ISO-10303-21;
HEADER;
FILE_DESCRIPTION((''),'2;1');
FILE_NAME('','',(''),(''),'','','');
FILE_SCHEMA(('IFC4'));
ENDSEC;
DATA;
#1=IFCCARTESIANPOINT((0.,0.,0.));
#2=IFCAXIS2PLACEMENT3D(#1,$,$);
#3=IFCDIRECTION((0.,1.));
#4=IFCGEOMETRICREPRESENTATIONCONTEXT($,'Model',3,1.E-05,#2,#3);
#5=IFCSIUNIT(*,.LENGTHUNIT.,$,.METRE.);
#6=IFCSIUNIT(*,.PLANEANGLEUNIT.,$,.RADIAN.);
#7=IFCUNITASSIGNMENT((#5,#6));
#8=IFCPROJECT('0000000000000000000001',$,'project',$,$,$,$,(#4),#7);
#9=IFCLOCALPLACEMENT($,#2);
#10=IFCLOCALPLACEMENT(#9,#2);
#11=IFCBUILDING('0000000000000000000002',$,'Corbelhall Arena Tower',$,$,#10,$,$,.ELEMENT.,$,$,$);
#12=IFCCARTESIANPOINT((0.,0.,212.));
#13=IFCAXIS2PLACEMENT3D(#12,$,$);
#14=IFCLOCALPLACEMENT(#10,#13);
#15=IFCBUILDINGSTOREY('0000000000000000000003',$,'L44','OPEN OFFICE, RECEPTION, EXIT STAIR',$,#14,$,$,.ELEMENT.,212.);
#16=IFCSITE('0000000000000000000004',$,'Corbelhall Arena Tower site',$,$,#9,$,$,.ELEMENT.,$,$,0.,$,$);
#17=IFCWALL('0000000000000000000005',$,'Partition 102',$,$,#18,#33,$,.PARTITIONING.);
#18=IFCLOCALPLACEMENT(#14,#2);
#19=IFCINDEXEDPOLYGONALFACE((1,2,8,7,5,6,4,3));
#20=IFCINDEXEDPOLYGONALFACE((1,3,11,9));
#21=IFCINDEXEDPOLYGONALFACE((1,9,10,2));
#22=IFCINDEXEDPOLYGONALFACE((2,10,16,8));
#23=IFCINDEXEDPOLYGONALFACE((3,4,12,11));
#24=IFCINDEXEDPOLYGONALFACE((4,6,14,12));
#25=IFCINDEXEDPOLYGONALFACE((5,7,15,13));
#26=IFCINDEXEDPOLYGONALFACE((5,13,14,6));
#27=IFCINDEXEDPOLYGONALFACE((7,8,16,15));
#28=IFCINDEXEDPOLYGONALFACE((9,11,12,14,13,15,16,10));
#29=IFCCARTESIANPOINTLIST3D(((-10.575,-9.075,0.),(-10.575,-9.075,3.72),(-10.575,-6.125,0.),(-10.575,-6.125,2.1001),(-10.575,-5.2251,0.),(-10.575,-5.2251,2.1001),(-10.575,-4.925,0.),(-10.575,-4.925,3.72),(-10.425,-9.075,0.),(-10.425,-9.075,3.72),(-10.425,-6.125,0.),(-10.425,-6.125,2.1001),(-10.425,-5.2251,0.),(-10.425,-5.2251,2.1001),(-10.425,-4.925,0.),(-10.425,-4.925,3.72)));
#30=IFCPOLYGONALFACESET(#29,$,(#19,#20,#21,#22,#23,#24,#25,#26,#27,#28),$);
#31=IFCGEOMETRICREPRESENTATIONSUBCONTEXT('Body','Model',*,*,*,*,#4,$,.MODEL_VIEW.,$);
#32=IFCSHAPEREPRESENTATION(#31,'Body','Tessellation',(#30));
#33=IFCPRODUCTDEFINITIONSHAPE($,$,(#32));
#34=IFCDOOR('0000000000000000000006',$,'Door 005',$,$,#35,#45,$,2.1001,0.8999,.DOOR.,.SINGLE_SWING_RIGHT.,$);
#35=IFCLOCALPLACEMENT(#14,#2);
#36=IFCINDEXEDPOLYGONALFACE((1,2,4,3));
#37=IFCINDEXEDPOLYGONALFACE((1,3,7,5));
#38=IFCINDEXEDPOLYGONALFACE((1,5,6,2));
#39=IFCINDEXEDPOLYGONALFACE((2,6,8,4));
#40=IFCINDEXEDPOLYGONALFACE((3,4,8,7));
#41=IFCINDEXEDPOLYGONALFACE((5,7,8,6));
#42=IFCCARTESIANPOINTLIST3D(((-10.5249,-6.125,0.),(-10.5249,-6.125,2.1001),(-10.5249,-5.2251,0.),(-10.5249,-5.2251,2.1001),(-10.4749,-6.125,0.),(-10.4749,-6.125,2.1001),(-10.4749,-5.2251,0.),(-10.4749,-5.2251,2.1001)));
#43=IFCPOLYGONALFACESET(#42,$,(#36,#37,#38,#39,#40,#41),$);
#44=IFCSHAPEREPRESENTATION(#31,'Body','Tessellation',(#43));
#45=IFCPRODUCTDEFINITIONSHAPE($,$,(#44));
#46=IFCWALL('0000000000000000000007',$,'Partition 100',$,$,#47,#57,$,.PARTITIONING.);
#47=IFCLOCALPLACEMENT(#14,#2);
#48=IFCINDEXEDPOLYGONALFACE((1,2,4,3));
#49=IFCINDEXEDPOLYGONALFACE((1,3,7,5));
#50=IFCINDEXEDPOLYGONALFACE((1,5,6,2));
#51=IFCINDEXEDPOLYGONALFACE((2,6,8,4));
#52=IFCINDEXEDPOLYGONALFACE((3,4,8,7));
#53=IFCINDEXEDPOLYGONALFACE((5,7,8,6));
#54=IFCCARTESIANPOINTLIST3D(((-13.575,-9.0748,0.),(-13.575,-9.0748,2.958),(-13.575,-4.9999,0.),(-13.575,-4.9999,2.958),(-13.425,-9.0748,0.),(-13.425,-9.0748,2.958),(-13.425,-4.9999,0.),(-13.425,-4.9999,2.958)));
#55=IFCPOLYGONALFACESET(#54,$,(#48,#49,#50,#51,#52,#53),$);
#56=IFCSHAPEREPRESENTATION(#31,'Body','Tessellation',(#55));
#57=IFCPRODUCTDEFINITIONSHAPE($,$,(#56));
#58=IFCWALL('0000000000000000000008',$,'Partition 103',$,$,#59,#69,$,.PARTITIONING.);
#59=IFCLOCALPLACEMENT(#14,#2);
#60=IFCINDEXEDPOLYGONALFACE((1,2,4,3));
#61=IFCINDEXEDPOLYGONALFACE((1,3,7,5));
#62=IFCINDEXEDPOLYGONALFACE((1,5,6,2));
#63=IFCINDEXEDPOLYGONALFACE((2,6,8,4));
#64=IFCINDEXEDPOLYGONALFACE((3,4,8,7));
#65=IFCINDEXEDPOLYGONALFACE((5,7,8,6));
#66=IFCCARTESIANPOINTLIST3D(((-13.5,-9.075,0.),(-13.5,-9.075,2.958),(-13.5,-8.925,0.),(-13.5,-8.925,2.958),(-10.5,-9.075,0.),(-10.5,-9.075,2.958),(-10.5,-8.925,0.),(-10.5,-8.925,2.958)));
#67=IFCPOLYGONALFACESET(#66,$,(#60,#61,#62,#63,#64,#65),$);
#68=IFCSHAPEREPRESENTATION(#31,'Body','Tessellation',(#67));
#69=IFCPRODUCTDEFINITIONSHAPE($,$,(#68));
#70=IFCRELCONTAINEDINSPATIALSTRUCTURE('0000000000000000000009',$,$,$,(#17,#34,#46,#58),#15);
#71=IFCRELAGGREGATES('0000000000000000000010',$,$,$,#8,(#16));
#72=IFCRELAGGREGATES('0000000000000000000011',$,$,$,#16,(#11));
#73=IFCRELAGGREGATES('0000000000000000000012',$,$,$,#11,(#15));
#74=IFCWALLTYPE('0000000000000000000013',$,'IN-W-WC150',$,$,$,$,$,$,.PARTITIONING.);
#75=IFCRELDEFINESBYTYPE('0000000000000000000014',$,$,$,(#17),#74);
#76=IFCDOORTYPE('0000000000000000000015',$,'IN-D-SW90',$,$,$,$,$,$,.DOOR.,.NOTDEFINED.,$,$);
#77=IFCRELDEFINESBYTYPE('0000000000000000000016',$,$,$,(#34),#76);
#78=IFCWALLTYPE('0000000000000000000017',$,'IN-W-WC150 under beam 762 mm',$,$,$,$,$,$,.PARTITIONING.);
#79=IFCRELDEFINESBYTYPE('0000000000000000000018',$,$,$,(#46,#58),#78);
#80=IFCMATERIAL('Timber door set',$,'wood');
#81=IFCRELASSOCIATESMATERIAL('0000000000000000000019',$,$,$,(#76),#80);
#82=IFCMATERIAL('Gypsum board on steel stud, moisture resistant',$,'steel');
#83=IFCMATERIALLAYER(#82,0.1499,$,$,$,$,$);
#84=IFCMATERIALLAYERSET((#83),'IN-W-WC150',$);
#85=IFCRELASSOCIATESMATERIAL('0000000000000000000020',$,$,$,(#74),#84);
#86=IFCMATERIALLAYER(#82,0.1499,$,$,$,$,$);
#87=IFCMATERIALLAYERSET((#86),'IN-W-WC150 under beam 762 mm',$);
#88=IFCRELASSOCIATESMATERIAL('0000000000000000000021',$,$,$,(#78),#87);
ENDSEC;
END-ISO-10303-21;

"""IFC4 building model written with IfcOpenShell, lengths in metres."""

from ifc_helpers import new_model, si_unit, direction, frame, frame_2d, origin, place, context, subcontext, project, spatial, rectangle, extrude, material, layer, layer_set, type_object, element, fill, save


model = new_model("IFC4")

# Units and contexts
model_context = context("Model", 3, precision=1e-05, world=origin(), true_north=direction((0.0, 1.0)))
body_context = subcontext(model_context, "Body", "Model", "MODEL_VIEW")
ifc_project = project(units=[si_unit("LENGTHUNIT", "METRE"), si_unit("PLANEANGLEUNIT", "RADIAN")], contexts=[model_context])

# Site, building, storey
site_placement = place(None, origin())
site = spatial("IfcSite", under=ifc_project, at=site_placement, Name="Corbelhall Arena Tower site", CompositionType="ELEMENT", RefElevation=0.0)
building_placement = place(site_placement, origin())
building = spatial("IfcBuilding", under=site, at=building_placement, Name="Corbelhall Arena Tower", CompositionType="ELEMENT")
storey_placement = place(building_placement, frame((0.0, 0.0, 212.0)))
storey = spatial("IfcBuildingStorey", under=building, at=storey_placement, Name="L44", Description="OPEN OFFICE, RECEPTION, EXIT STAIR", CompositionType="ELEMENT", Elevation=212.0)

# Shared definitions
ifc_material_1 = material(Name="Timber door set", Category="wood")
door_type_1 = type_object("IfcDoorType", Name="IN-D-SW90", OperationType="NOTDEFINED", PredefinedType="DOOR", material=ifc_material_1)

# Shared definitions
ifc_material_2 = material(Name="Gypsum board on steel stud, moisture resistant", Category="steel")
ifc_layer_1 = layer(ifc_material_2, 0.1499)
ifc_layer_set_1 = layer_set([ifc_layer_1], Name="IN-W-WC150")
wall_type_1 = type_object("IfcWallType", Name="IN-W-WC150", PredefinedType="PARTITIONING", material=ifc_layer_set_1)

# Wall, opening, door
wall_1_placement = place(storey_placement, frame((-10.5, -9.075, 0.0), z_axis=(0.0, 0.0, 1.0), x_axis=(0.0, 1.0, 0.0)))
wall_1 = element("IfcWall", 1, at=wall_1_placement, inside=storey, type_object=wall_type_1, Name="Partition 102", PredefinedType="PARTITIONING", context=body_context, shape_type="SweptSolid", body=[
    extrude(rectangle(XDim=4.1499, YDim=0.1499, at=frame_2d((2.075, 0.0))), origin(), (0.0, 0.0, 1.0), 3.72),
])
opening_1_placement = place(wall_1_placement, frame((2.95, 0.0, 0.0)))
opening_1 = element("IfcOpeningElement", 2, at=opening_1_placement, cuts=wall_1, PredefinedType="OPENING", context=body_context, shape_type="SweptSolid", body=[
    extrude(rectangle(XDim=0.8999, YDim=2.1001, at=frame_2d((0.45, 1.05))), frame((0.0, 0.075, 0.0), z_axis=(0.0, -1.0, 0.0), x_axis=(1.0, 0.0, 0.0)), (0.0, 0.0, 1.0), 0.1499),
])
door_1_placement = place(opening_1_placement, origin())
door_1 = element("IfcDoor", 3, at=door_1_placement, inside=storey, type_object=door_type_1, Name="Door 005", OperationType="SINGLE_SWING_RIGHT", OverallHeight=2.1001, OverallWidth=0.8999, PredefinedType="DOOR", context=body_context, shape_type="SweptSolid", body=[
    extrude(rectangle(XDim=0.8999, YDim=2.1001, at=frame_2d((0.45, 1.05))), frame((0.0, 0.0249, 0.0), z_axis=(0.0, -1.0, 0.0), x_axis=(1.0, 0.0, 0.0)), (0.0, 0.0, 1.0), 0.05),
])
fill(opening_1, door_1)

# Walls
ifc_layer_2 = layer(ifc_material_2, 0.1499)
ifc_layer_set_2 = layer_set([ifc_layer_2], Name="IN-W-WC150 under beam 762 mm")
wall_type_2 = type_object("IfcWallType", Name="IN-W-WC150 under beam 762 mm", PredefinedType="PARTITIONING", material=ifc_layer_set_2)
wall_2_placement = place(storey_placement, frame((-13.5, -9.075, 0.0), z_axis=(0.0, 0.0, 1.0), x_axis=(0.0, 1.0, 0.0)))
element("IfcWall", 4, at=wall_2_placement, inside=storey, type_object=wall_type_2, Name="Partition 100", PredefinedType="PARTITIONING", context=body_context, shape_type="SweptSolid", body=[
    extrude(rectangle(XDim=4.075, YDim=0.1499, at=frame_2d((2.0376, 0.0))), origin(), (0.0, 0.0, 1.0), 2.958),
])
wall_3_placement = place(storey_placement, frame((-10.5, -9.0, 0.0), z_axis=(0.0, 0.0, 1.0), x_axis=(-1.0, 0.0, 0.0)))
element("IfcWall", 5, at=wall_3_placement, inside=storey, type_object=wall_type_2, Name="Partition 103", PredefinedType="PARTITIONING", context=body_context, shape_type="SweptSolid", body=[
    extrude(rectangle(XDim=3.0, YDim=0.1499, at=frame_2d((1.5, 0.0))), origin(), (0.0, 0.0, 1.0), 2.958),
])

save(model, "model.ifc")
